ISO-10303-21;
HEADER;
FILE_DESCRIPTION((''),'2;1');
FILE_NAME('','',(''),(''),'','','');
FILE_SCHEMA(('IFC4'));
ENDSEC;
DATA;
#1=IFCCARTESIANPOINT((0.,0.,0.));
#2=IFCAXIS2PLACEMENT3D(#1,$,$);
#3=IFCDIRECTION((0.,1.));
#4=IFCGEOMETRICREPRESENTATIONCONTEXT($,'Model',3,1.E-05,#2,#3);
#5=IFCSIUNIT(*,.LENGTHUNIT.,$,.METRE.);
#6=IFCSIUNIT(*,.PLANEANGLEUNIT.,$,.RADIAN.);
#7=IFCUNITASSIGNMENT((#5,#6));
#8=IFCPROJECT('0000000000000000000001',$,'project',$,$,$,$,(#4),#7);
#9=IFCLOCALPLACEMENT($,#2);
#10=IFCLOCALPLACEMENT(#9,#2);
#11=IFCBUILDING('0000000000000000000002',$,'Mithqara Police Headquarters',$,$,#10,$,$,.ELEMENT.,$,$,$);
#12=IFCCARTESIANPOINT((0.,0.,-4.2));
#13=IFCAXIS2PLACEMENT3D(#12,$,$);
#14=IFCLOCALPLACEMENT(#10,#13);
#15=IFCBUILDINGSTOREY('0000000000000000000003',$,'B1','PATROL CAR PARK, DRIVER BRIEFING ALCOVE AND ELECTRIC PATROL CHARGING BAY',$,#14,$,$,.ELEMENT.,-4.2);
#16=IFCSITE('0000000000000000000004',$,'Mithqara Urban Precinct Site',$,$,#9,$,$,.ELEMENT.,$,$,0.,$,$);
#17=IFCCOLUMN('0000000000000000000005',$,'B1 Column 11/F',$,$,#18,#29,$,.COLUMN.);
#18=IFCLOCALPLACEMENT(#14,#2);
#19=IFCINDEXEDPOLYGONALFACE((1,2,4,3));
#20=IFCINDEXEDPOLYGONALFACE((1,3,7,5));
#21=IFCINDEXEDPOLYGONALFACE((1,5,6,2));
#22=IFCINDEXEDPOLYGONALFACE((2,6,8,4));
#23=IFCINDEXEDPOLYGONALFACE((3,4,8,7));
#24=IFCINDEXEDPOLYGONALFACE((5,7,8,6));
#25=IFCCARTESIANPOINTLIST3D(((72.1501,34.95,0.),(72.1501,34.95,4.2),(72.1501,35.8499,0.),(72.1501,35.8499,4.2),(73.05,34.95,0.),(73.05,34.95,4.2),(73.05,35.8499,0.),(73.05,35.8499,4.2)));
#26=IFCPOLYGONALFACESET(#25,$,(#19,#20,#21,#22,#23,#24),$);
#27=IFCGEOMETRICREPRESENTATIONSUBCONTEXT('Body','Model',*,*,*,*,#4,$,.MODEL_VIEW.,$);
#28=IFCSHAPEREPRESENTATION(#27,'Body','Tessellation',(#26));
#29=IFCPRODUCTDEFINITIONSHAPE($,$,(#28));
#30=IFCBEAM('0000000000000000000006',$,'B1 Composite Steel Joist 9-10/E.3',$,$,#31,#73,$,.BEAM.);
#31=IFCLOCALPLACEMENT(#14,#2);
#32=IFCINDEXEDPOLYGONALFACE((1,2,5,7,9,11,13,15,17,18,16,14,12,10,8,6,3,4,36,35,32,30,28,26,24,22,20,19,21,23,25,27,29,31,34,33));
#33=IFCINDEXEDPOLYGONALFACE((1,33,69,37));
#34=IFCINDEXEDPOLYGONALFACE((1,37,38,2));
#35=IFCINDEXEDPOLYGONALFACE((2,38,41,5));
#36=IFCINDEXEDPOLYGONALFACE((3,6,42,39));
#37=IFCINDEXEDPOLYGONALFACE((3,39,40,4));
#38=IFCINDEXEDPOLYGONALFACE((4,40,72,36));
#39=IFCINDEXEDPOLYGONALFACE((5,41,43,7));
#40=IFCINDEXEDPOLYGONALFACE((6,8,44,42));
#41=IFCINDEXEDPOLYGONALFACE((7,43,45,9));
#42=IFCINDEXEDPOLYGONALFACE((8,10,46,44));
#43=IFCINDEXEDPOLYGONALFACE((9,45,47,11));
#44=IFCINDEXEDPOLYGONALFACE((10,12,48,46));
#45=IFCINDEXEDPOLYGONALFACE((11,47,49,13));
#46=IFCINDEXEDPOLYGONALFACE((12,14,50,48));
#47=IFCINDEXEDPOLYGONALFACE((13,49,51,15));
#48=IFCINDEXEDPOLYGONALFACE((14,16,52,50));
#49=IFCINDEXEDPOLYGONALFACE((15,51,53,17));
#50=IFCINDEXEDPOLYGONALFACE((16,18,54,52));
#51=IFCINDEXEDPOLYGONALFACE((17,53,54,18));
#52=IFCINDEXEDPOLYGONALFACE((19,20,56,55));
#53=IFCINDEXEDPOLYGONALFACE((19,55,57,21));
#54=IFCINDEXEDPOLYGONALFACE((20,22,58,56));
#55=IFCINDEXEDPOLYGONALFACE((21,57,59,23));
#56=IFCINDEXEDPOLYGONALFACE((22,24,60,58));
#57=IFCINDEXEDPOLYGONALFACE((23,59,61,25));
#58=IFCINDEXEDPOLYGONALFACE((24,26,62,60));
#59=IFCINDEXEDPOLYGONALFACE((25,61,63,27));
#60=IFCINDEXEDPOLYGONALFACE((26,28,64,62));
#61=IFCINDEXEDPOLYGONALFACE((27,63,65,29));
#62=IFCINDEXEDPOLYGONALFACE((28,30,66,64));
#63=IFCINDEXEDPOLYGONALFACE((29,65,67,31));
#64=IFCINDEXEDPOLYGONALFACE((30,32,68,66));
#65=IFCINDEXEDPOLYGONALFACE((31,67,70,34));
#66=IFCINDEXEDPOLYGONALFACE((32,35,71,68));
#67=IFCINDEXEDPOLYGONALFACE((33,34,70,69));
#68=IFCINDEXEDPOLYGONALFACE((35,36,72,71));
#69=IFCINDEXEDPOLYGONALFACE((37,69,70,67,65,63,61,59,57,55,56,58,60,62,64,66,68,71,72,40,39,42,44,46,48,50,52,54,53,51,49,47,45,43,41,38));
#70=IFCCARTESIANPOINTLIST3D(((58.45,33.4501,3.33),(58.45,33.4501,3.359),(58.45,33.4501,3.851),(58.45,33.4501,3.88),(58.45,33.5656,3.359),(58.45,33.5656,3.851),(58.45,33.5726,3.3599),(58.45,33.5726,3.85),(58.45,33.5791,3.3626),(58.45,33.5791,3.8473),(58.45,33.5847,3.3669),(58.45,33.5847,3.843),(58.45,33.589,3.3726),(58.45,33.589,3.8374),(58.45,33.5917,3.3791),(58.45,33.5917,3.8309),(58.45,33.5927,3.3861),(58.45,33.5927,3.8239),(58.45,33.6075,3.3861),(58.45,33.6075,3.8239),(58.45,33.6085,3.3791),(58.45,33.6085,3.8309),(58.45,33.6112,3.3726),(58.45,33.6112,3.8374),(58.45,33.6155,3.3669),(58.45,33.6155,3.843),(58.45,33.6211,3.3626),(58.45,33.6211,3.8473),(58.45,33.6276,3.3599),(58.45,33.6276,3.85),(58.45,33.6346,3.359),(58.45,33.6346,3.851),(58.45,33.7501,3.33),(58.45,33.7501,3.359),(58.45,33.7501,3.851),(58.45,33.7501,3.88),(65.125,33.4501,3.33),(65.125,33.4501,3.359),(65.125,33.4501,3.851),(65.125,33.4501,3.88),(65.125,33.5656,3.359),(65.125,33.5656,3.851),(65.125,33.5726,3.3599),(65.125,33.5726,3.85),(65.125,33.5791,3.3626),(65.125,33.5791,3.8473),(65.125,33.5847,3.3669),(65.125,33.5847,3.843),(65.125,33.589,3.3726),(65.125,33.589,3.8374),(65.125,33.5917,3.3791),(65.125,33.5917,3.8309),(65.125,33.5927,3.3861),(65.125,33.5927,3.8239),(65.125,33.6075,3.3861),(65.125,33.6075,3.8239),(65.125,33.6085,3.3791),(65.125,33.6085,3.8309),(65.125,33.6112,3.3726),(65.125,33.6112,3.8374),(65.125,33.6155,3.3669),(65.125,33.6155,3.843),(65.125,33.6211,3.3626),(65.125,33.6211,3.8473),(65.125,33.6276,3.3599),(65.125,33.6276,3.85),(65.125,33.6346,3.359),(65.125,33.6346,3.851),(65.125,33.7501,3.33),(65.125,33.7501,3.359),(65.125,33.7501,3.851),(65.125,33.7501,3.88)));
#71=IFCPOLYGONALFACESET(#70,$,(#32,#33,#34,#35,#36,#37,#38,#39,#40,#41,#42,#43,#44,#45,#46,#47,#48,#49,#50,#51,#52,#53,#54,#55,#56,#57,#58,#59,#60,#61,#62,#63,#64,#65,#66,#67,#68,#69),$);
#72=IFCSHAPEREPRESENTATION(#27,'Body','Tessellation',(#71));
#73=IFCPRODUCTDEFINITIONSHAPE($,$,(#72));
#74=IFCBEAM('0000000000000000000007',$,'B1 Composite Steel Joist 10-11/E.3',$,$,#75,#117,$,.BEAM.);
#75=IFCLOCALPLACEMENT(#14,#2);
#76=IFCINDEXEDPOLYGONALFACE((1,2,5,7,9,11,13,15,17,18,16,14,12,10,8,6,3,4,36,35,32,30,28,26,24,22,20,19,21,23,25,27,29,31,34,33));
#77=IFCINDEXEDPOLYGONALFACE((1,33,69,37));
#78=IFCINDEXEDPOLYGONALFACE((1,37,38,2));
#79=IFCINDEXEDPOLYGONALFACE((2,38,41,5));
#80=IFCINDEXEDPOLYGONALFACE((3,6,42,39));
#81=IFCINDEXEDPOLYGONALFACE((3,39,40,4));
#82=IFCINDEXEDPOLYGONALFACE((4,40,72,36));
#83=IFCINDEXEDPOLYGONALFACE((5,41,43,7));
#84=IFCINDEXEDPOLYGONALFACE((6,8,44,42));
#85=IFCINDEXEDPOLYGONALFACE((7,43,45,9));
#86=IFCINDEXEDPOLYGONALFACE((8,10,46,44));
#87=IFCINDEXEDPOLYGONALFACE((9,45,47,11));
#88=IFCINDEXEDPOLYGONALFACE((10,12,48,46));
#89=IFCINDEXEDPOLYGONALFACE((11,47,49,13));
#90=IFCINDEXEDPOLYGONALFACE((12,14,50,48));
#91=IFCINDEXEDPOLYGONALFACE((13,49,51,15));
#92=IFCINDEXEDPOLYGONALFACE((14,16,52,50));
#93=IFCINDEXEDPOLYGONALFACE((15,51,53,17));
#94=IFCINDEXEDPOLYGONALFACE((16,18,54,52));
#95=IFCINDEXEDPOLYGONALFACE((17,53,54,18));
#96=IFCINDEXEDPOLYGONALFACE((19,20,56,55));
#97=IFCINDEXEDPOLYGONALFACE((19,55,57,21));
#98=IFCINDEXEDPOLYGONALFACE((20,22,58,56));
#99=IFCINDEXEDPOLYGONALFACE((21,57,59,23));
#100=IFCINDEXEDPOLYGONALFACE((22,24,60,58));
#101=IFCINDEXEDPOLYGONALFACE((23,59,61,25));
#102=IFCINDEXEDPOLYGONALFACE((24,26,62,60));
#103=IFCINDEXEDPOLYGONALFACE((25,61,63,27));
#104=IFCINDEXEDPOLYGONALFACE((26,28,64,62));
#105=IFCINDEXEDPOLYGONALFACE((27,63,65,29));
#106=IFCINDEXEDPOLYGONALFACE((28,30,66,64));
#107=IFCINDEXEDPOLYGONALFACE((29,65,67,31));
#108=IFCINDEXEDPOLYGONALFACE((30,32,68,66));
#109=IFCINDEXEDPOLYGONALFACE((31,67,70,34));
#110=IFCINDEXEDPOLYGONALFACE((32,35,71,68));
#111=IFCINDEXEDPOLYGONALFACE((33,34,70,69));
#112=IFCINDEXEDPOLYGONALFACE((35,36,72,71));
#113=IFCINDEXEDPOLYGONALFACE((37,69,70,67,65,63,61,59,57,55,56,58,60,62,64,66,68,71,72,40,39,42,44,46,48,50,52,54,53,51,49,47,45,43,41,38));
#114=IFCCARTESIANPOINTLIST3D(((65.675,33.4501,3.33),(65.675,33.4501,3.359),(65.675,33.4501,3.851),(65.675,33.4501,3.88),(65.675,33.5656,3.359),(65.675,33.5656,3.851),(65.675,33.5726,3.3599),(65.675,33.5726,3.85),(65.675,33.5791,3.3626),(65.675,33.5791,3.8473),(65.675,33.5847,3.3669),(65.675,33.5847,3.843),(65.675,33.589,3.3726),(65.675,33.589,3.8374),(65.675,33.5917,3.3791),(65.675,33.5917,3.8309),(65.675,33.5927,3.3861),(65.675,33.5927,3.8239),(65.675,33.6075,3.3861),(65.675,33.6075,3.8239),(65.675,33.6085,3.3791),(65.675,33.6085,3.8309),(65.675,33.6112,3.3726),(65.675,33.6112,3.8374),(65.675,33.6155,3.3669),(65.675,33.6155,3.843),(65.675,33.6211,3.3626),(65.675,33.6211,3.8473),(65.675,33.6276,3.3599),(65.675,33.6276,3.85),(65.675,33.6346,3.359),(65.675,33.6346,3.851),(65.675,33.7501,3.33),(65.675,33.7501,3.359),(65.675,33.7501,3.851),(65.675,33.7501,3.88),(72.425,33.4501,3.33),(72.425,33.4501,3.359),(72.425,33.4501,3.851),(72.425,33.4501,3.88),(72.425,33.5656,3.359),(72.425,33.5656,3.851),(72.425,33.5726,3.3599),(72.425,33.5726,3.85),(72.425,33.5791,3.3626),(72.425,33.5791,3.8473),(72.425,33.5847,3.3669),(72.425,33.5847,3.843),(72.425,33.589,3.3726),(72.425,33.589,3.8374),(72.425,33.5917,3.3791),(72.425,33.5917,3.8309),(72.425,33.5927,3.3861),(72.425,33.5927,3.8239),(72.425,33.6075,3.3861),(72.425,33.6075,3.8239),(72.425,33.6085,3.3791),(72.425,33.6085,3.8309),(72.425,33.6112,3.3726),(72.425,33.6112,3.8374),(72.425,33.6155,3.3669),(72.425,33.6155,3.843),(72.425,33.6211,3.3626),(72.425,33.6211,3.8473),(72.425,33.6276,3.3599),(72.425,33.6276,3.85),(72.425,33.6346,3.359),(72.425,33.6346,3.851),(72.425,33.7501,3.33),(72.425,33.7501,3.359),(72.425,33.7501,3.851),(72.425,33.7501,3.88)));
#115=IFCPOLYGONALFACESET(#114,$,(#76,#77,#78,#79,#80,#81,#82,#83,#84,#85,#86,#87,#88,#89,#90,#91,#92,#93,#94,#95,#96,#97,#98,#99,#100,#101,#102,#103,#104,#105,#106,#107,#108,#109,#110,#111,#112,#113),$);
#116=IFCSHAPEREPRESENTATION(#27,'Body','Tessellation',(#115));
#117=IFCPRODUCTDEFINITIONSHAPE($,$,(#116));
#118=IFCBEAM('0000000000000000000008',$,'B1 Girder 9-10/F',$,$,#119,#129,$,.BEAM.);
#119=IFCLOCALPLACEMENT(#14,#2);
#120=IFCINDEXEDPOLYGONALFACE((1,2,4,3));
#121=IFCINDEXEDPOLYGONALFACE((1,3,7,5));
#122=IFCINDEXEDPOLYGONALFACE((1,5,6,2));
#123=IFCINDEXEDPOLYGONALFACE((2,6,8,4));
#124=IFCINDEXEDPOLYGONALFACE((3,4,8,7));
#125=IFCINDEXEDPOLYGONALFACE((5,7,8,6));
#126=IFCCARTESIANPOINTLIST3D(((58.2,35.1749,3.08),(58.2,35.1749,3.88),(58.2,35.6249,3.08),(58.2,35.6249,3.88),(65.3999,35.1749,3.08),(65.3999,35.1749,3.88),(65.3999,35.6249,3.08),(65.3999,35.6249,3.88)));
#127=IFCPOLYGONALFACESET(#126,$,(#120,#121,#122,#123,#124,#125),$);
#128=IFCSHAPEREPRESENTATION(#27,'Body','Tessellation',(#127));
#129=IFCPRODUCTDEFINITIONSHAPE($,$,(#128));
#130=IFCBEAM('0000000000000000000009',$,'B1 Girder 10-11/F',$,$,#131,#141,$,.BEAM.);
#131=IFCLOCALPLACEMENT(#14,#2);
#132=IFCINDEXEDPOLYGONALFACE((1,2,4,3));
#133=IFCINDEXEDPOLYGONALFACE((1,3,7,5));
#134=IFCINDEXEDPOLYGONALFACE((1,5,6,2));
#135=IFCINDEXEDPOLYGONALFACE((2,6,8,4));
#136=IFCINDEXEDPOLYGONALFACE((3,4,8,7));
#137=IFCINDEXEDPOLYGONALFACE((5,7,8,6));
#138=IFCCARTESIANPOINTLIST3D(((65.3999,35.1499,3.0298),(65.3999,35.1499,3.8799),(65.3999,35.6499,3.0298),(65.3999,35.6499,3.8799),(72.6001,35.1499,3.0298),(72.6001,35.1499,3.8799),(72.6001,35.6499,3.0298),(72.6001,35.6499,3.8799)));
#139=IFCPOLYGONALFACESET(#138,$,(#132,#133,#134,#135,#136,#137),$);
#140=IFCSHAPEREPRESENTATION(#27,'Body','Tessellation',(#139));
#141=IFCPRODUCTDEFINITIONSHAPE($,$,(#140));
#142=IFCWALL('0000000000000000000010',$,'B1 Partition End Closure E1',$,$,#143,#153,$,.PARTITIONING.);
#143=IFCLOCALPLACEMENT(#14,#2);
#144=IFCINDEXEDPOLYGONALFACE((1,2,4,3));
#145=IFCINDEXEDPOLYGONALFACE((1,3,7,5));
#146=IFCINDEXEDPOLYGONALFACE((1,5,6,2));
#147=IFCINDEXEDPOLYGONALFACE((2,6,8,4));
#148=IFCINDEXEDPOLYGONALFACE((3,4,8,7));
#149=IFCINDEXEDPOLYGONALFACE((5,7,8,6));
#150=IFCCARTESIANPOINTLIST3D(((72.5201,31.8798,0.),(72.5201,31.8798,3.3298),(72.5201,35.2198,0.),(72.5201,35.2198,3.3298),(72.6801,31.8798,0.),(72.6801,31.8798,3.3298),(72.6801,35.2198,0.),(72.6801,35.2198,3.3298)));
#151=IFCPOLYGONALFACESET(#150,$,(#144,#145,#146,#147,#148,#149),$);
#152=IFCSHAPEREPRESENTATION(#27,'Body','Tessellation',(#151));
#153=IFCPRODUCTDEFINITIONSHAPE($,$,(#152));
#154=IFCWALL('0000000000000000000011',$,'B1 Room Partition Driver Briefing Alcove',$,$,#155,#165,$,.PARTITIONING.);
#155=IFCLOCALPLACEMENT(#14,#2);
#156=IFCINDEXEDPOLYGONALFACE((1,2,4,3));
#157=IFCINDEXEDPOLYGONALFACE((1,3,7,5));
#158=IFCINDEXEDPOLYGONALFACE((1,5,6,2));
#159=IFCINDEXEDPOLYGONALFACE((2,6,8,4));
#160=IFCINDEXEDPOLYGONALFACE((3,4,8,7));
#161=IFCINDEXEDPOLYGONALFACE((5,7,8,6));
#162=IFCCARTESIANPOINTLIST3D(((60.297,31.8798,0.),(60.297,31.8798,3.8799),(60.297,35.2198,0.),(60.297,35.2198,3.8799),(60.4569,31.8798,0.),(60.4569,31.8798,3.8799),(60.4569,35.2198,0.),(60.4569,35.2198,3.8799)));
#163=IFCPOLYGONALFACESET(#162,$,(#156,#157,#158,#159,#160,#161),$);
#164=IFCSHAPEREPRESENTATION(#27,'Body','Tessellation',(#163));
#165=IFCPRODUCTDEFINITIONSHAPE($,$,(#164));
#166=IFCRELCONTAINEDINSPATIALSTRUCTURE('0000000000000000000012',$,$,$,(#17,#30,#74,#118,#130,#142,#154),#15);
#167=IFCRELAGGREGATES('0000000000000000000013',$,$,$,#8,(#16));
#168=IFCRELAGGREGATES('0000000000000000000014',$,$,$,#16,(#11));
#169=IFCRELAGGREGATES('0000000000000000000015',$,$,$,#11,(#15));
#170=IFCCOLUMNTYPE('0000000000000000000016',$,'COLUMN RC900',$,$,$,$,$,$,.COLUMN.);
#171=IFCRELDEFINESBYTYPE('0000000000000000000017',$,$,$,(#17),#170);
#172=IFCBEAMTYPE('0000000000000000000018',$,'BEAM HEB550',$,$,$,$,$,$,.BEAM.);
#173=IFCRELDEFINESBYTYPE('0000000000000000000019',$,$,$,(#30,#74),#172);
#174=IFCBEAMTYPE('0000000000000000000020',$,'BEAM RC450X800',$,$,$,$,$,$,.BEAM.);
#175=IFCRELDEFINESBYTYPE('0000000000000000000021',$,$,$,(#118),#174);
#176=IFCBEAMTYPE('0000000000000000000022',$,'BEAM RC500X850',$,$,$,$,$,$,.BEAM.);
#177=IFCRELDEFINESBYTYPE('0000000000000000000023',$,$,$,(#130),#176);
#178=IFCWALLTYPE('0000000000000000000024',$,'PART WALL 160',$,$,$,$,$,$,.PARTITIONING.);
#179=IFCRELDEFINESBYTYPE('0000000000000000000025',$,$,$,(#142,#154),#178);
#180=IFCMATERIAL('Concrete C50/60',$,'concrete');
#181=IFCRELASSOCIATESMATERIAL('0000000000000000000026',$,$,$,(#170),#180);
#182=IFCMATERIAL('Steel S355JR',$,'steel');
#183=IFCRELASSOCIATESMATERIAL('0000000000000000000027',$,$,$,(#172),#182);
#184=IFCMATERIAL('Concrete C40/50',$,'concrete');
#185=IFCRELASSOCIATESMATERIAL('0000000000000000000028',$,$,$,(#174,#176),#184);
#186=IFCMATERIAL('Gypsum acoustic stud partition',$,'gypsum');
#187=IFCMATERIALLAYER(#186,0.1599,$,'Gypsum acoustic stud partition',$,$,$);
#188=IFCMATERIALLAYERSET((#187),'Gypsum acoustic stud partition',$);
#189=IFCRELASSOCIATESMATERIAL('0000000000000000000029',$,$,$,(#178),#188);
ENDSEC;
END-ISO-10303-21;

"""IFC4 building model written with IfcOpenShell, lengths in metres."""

from ifc_helpers import new_model, si_unit, direction, frame, frame_2d, origin, origin_2d, place, context, subcontext, project, spatial, rectangle, i_section, extrude, material, layer, layer_set, material_profile, profile_set, type_object, element, save


model = new_model("IFC4")

# Units and contexts
model_context = context("Model", 3, precision=1e-05, world=origin(), true_north=direction((0.0, 1.0)))
body_context = subcontext(model_context, "Body", "Model", "MODEL_VIEW")
ifc_project = project(units=[si_unit("LENGTHUNIT", "METRE"), si_unit("PLANEANGLEUNIT", "RADIAN")], contexts=[model_context])

# Site, building, storey
site_placement = place(None, origin())
site = spatial("IfcSite", under=ifc_project, at=site_placement, Name="Mithqara Urban Precinct Site", CompositionType="ELEMENT", RefElevation=0.0)
building_placement = place(site_placement, origin())
building = spatial("IfcBuilding", under=site, at=building_placement, Name="Mithqara Police Headquarters", CompositionType="ELEMENT")
storey_placement = place(building_placement, frame((0.0, 0.0, -4.2)))
storey = spatial("IfcBuildingStorey", under=building, at=storey_placement, Name="B1", Description="PATROL CAR PARK, DRIVER BRIEFING ALCOVE AND ELECTRIC PATROL CHARGING BAY", CompositionType="ELEMENT", Elevation=-4.2)

# Shared definitions
ifc_material_1 = material(Name="Concrete C40/50", Category="concrete")

# Column
ifc_material_2 = material(Name="Concrete C50/60", Category="concrete")
ifc_material_profile_1 = material_profile(ifc_material_2, rectangle(XDim=0.8999, YDim=0.8999, at=origin_2d()), Name="RC 900x900")
ifc_profile_set_1 = profile_set([ifc_material_profile_1], Name="Concrete C50/60")
column_type_1 = type_object("IfcColumnType", Name="COLUMN RC900", PredefinedType="COLUMN", material=ifc_profile_set_1)
column_1_placement = place(storey_placement, frame((72.6001, 35.3999, 0.0), z_axis=(0.0, 0.0, 1.0), x_axis=(1.0, 0.0, 0.0)))
element("IfcColumn", 1, at=column_1_placement, inside=storey, type_object=column_type_1, Name="B1 Column 11/F", PredefinedType="COLUMN", context=body_context, shape_type="SweptSolid", body=[
    extrude(rectangle(XDim=0.8999, YDim=0.8999, at=origin_2d()), origin(), (0.0, 0.0, 1.0), 4.2),
])

# Beams
ifc_material_3 = material(Name="Steel S355JR", Category="steel")
ifc_material_profile_2 = material_profile(ifc_material_3, i_section(OverallWidth=0.3, OverallDepth=0.55, WebThickness=0.0149, FlangeThickness=0.0291, FilletRadius=0.0271, at=origin_2d()), Name="HEB 550")
ifc_profile_set_2 = profile_set([ifc_material_profile_2], Name="Steel S355JR")
beam_type_1 = type_object("IfcBeamType", Name="BEAM HEB550", PredefinedType="BEAM", material=ifc_profile_set_2)
beam_1_placement = place(storey_placement, frame((58.45, 33.6001, 3.605), z_axis=(1.0, 0.0, 0.0), x_axis=(0.0, 1.0, 0.0)))
element("IfcBeam", 2, at=beam_1_placement, inside=storey, type_object=beam_type_1, Name="B1 Composite Steel Joist 9-10/E.3", PredefinedType="BEAM", context=body_context, shape_type="SweptSolid", body=[
    extrude(i_section(OverallWidth=0.3, OverallDepth=0.55, WebThickness=0.0149, FlangeThickness=0.0291, FilletRadius=0.0271, at=origin_2d()), origin(), (0.0, 0.0, 1.0), 6.675),
])
beam_2_placement = place(storey_placement, frame((65.675, 33.6001, 3.605), z_axis=(1.0, 0.0, 0.0), x_axis=(0.0, 1.0, 0.0)))
element("IfcBeam", 3, at=beam_2_placement, inside=storey, type_object=beam_type_1, Name="B1 Composite Steel Joist 10-11/E.3", PredefinedType="BEAM", context=body_context, shape_type="SweptSolid", body=[
    extrude(i_section(OverallWidth=0.3, OverallDepth=0.55, WebThickness=0.0149, FlangeThickness=0.0291, FilletRadius=0.0271, at=origin_2d()), origin(), (0.0, 0.0, 1.0), 6.75),
])
ifc_material_profile_3 = material_profile(ifc_material_1, rectangle(XDim=0.45, YDim=0.8, at=origin_2d()), Name="RC 450x800")
ifc_profile_set_3 = profile_set([ifc_material_profile_3], Name="Concrete C40/50")
beam_type_2 = type_object("IfcBeamType", Name="BEAM RC450X800", PredefinedType="BEAM", material=ifc_profile_set_3)
beam_3_placement = place(storey_placement, frame((58.2, 35.3999, 3.48), z_axis=(1.0, 0.0, 0.0), x_axis=(0.0, 1.0, 0.0)))
element("IfcBeam", 4, at=beam_3_placement, inside=storey, type_object=beam_type_2, Name="B1 Girder 9-10/F", PredefinedType="BEAM", context=body_context, shape_type="SweptSolid", body=[
    extrude(rectangle(XDim=0.45, YDim=0.8, at=origin_2d()), origin(), (0.0, 0.0, 1.0), 7.2),
])
ifc_material_profile_4 = material_profile(ifc_material_1, rectangle(XDim=0.5, YDim=0.8501, at=origin_2d()), Name="RC 500x850")
ifc_profile_set_4 = profile_set([ifc_material_profile_4], Name="Concrete C40/50")
beam_type_3 = type_object("IfcBeamType", Name="BEAM RC500X850", PredefinedType="BEAM", material=ifc_profile_set_4)
beam_4_placement = place(storey_placement, frame((65.3999, 35.3999, 3.4548), z_axis=(1.0, 0.0, 0.0), x_axis=(0.0, 1.0, 0.0)))
element("IfcBeam", 5, at=beam_4_placement, inside=storey, type_object=beam_type_3, Name="B1 Girder 10-11/F", PredefinedType="BEAM", context=body_context, shape_type="SweptSolid", body=[
    extrude(rectangle(XDim=0.5, YDim=0.8501, at=origin_2d()), origin(), (0.0, 0.0, 1.0), 7.2002),
])

# Walls
ifc_material_4 = material(Name="Gypsum acoustic stud partition", Category="gypsum")
ifc_layer = layer(ifc_material_4, 0.1599, Name="Gypsum acoustic stud partition")
ifc_layer_set = layer_set([ifc_layer], Name="Gypsum acoustic stud partition")
wall_type = type_object("IfcWallType", Name="PART WALL 160", PredefinedType="PARTITIONING", material=ifc_layer_set)
wall_1_placement = place(storey_placement, frame((72.6001, 31.8799, 0.0), z_axis=(0.0, 0.0, 1.0), x_axis=(0.0, 1.0, 0.0)))
element("IfcWall", 6, at=wall_1_placement, inside=storey, type_object=wall_type, Name="B1 Partition End Closure E1", PredefinedType="PARTITIONING", context=body_context, shape_type="SweptSolid", body=[
    extrude(rectangle(XDim=3.3401, YDim=0.1599, at=frame_2d((1.6699, 0.0))), origin(), (0.0, 0.0, 1.0), 3.3298),
])
wall_2_placement = place(storey_placement, frame((60.377, 31.8799, 0.0), z_axis=(0.0, 0.0, 1.0), x_axis=(0.0, 1.0, 0.0)))
element("IfcWall", 7, at=wall_2_placement, inside=storey, type_object=wall_type, Name="B1 Room Partition Driver Briefing Alcove", PredefinedType="PARTITIONING", context=body_context, shape_type="SweptSolid", body=[
    extrude(rectangle(XDim=3.3401, YDim=0.1599, at=frame_2d((1.6699, 0.0))), origin(), (0.0, 0.0, 1.0), 3.8799),
])

save(model, "model.ifc")
